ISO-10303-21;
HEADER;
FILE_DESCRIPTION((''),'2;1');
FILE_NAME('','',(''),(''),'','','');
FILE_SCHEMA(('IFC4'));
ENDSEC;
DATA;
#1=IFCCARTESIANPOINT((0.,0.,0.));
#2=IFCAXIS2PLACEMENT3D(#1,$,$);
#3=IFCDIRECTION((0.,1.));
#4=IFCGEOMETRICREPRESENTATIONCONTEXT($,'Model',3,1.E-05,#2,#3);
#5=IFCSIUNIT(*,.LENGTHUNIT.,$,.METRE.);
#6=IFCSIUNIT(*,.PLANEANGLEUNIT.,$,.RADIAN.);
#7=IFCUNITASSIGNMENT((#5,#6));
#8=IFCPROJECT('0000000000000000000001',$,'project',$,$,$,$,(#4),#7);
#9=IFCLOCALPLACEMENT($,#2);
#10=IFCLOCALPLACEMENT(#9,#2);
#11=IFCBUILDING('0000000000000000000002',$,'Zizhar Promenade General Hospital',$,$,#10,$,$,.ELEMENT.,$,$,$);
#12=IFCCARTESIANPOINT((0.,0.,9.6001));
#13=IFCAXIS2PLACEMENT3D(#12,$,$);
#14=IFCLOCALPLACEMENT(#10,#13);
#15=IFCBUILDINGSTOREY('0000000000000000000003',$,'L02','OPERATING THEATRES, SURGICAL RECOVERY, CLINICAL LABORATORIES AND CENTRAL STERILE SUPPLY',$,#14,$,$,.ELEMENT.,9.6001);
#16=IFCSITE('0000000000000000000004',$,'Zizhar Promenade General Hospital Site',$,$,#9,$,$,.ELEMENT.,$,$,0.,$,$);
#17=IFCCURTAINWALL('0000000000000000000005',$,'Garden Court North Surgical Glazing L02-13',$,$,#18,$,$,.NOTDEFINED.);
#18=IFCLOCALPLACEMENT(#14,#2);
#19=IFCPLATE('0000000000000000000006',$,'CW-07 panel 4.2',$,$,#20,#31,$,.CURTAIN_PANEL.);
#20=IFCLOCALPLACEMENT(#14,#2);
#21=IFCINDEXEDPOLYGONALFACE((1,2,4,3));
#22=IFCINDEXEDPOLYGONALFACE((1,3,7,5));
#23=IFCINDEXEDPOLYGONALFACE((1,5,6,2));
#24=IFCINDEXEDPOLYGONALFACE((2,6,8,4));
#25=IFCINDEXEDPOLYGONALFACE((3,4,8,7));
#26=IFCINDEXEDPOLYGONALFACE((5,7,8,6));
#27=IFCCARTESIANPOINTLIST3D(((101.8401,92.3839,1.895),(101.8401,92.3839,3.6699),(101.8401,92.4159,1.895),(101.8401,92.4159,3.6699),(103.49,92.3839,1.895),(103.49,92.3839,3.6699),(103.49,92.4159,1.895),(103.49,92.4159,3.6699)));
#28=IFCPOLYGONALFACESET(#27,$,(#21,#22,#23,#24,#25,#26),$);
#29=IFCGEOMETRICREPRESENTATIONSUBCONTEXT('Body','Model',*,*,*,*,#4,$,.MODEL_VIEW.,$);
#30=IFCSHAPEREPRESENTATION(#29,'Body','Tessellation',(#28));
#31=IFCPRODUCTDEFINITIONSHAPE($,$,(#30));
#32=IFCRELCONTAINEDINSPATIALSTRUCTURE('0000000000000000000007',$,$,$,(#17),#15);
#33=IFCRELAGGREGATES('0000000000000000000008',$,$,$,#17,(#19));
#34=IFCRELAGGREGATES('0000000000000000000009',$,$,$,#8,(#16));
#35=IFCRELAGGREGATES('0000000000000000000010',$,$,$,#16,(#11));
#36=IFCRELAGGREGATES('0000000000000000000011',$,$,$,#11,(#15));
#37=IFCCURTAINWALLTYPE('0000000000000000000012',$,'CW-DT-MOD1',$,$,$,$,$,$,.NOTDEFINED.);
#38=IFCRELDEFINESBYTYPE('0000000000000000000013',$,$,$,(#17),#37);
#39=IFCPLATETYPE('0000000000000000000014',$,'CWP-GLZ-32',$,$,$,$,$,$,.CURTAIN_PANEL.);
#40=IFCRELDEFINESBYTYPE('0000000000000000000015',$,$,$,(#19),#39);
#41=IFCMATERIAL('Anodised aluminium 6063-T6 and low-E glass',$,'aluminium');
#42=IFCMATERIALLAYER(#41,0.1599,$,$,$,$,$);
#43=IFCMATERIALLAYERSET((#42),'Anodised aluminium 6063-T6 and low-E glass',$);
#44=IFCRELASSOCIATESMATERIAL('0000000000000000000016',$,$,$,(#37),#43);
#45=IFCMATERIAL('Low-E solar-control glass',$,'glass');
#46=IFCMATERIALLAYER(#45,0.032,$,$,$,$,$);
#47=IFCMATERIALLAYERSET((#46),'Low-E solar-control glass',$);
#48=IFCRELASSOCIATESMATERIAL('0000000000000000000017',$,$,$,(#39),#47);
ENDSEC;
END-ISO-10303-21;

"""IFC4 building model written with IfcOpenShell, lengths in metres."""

from ifc_helpers import new_model, si_unit, direction, frame, origin, origin_2d, place, context, subcontext, project, spatial, rectangle, extrude, material, layer, layer_set, type_object, element, aggregate, save


model = new_model("IFC4")

# Units and contexts
model_context = context("Model", 3, precision=1e-05, world=origin(), true_north=direction((0.0, 1.0)))
body_context = subcontext(model_context, "Body", "Model", "MODEL_VIEW")
ifc_project = project(units=[si_unit("LENGTHUNIT", "METRE"), si_unit("PLANEANGLEUNIT", "RADIAN")], contexts=[model_context])

# Site, building, storey
site_placement = place(None, origin())
site = spatial("IfcSite", under=ifc_project, at=site_placement, Name="Zizhar Promenade General Hospital Site", CompositionType="ELEMENT", RefElevation=0.0)
building_placement = place(site_placement, origin())
building = spatial("IfcBuilding", under=site, at=building_placement, Name="Zizhar Promenade General Hospital", CompositionType="ELEMENT")
storey_placement = place(building_placement, frame((0.0, 0.0, 9.6001)))
storey = spatial("IfcBuildingStorey", under=building, at=storey_placement, Name="L02", Description="OPERATING THEATRES, SURGICAL RECOVERY, CLINICAL LABORATORIES AND CENTRAL STERILE SUPPLY", CompositionType="ELEMENT", Elevation=9.6001)

# Curtain wall, plate
ifc_material_1 = material(Name="Anodised aluminium 6063-T6 and low-E glass", Category="aluminium")
ifc_layer_1 = layer(ifc_material_1, 0.1599)
ifc_layer_set_1 = layer_set([ifc_layer_1], Name="Anodised aluminium 6063-T6 and low-E glass")
curtain_wall_type = type_object("IfcCurtainWallType", Name="CW-DT-MOD1", PredefinedType="NOTDEFINED", material=ifc_layer_set_1)
curtain_wall_placement = place(storey_placement, origin())
curtain_wall = element("IfcCurtainWall", 1, at=curtain_wall_placement, inside=storey, type_object=curtain_wall_type, Name="Garden Court North Surgical Glazing L02-13", PredefinedType="NOTDEFINED")
ifc_material_2 = material(Name="Low-E solar-control glass", Category="glass")
ifc_layer_2 = layer(ifc_material_2, 0.032)
ifc_layer_set_2 = layer_set([ifc_layer_2], Name="Low-E solar-control glass")
plate_type = type_object("IfcPlateType", Name="CWP-GLZ-32", PredefinedType="CURTAIN_PANEL", material=ifc_layer_set_2)
plate_1_placement = place(storey_placement, frame((102.665, 92.3999, 1.895), z_axis=(0.0, 0.0, 1.0), x_axis=(-1.0, 0.0, 0.0)))
plate_1 = element("IfcPlate", 2, at=plate_1_placement, type_object=plate_type, Name="CW-07 panel 4.2", PredefinedType="CURTAIN_PANEL", context=body_context, shape_type="SweptSolid", body=[
    extrude(rectangle(XDim=1.6499, YDim=0.032, at=origin_2d()), origin(), (0.0, 0.0, 1.0), 1.7749),
])
aggregate(curtain_wall, [plate_1])

save(model, "model.ifc")
